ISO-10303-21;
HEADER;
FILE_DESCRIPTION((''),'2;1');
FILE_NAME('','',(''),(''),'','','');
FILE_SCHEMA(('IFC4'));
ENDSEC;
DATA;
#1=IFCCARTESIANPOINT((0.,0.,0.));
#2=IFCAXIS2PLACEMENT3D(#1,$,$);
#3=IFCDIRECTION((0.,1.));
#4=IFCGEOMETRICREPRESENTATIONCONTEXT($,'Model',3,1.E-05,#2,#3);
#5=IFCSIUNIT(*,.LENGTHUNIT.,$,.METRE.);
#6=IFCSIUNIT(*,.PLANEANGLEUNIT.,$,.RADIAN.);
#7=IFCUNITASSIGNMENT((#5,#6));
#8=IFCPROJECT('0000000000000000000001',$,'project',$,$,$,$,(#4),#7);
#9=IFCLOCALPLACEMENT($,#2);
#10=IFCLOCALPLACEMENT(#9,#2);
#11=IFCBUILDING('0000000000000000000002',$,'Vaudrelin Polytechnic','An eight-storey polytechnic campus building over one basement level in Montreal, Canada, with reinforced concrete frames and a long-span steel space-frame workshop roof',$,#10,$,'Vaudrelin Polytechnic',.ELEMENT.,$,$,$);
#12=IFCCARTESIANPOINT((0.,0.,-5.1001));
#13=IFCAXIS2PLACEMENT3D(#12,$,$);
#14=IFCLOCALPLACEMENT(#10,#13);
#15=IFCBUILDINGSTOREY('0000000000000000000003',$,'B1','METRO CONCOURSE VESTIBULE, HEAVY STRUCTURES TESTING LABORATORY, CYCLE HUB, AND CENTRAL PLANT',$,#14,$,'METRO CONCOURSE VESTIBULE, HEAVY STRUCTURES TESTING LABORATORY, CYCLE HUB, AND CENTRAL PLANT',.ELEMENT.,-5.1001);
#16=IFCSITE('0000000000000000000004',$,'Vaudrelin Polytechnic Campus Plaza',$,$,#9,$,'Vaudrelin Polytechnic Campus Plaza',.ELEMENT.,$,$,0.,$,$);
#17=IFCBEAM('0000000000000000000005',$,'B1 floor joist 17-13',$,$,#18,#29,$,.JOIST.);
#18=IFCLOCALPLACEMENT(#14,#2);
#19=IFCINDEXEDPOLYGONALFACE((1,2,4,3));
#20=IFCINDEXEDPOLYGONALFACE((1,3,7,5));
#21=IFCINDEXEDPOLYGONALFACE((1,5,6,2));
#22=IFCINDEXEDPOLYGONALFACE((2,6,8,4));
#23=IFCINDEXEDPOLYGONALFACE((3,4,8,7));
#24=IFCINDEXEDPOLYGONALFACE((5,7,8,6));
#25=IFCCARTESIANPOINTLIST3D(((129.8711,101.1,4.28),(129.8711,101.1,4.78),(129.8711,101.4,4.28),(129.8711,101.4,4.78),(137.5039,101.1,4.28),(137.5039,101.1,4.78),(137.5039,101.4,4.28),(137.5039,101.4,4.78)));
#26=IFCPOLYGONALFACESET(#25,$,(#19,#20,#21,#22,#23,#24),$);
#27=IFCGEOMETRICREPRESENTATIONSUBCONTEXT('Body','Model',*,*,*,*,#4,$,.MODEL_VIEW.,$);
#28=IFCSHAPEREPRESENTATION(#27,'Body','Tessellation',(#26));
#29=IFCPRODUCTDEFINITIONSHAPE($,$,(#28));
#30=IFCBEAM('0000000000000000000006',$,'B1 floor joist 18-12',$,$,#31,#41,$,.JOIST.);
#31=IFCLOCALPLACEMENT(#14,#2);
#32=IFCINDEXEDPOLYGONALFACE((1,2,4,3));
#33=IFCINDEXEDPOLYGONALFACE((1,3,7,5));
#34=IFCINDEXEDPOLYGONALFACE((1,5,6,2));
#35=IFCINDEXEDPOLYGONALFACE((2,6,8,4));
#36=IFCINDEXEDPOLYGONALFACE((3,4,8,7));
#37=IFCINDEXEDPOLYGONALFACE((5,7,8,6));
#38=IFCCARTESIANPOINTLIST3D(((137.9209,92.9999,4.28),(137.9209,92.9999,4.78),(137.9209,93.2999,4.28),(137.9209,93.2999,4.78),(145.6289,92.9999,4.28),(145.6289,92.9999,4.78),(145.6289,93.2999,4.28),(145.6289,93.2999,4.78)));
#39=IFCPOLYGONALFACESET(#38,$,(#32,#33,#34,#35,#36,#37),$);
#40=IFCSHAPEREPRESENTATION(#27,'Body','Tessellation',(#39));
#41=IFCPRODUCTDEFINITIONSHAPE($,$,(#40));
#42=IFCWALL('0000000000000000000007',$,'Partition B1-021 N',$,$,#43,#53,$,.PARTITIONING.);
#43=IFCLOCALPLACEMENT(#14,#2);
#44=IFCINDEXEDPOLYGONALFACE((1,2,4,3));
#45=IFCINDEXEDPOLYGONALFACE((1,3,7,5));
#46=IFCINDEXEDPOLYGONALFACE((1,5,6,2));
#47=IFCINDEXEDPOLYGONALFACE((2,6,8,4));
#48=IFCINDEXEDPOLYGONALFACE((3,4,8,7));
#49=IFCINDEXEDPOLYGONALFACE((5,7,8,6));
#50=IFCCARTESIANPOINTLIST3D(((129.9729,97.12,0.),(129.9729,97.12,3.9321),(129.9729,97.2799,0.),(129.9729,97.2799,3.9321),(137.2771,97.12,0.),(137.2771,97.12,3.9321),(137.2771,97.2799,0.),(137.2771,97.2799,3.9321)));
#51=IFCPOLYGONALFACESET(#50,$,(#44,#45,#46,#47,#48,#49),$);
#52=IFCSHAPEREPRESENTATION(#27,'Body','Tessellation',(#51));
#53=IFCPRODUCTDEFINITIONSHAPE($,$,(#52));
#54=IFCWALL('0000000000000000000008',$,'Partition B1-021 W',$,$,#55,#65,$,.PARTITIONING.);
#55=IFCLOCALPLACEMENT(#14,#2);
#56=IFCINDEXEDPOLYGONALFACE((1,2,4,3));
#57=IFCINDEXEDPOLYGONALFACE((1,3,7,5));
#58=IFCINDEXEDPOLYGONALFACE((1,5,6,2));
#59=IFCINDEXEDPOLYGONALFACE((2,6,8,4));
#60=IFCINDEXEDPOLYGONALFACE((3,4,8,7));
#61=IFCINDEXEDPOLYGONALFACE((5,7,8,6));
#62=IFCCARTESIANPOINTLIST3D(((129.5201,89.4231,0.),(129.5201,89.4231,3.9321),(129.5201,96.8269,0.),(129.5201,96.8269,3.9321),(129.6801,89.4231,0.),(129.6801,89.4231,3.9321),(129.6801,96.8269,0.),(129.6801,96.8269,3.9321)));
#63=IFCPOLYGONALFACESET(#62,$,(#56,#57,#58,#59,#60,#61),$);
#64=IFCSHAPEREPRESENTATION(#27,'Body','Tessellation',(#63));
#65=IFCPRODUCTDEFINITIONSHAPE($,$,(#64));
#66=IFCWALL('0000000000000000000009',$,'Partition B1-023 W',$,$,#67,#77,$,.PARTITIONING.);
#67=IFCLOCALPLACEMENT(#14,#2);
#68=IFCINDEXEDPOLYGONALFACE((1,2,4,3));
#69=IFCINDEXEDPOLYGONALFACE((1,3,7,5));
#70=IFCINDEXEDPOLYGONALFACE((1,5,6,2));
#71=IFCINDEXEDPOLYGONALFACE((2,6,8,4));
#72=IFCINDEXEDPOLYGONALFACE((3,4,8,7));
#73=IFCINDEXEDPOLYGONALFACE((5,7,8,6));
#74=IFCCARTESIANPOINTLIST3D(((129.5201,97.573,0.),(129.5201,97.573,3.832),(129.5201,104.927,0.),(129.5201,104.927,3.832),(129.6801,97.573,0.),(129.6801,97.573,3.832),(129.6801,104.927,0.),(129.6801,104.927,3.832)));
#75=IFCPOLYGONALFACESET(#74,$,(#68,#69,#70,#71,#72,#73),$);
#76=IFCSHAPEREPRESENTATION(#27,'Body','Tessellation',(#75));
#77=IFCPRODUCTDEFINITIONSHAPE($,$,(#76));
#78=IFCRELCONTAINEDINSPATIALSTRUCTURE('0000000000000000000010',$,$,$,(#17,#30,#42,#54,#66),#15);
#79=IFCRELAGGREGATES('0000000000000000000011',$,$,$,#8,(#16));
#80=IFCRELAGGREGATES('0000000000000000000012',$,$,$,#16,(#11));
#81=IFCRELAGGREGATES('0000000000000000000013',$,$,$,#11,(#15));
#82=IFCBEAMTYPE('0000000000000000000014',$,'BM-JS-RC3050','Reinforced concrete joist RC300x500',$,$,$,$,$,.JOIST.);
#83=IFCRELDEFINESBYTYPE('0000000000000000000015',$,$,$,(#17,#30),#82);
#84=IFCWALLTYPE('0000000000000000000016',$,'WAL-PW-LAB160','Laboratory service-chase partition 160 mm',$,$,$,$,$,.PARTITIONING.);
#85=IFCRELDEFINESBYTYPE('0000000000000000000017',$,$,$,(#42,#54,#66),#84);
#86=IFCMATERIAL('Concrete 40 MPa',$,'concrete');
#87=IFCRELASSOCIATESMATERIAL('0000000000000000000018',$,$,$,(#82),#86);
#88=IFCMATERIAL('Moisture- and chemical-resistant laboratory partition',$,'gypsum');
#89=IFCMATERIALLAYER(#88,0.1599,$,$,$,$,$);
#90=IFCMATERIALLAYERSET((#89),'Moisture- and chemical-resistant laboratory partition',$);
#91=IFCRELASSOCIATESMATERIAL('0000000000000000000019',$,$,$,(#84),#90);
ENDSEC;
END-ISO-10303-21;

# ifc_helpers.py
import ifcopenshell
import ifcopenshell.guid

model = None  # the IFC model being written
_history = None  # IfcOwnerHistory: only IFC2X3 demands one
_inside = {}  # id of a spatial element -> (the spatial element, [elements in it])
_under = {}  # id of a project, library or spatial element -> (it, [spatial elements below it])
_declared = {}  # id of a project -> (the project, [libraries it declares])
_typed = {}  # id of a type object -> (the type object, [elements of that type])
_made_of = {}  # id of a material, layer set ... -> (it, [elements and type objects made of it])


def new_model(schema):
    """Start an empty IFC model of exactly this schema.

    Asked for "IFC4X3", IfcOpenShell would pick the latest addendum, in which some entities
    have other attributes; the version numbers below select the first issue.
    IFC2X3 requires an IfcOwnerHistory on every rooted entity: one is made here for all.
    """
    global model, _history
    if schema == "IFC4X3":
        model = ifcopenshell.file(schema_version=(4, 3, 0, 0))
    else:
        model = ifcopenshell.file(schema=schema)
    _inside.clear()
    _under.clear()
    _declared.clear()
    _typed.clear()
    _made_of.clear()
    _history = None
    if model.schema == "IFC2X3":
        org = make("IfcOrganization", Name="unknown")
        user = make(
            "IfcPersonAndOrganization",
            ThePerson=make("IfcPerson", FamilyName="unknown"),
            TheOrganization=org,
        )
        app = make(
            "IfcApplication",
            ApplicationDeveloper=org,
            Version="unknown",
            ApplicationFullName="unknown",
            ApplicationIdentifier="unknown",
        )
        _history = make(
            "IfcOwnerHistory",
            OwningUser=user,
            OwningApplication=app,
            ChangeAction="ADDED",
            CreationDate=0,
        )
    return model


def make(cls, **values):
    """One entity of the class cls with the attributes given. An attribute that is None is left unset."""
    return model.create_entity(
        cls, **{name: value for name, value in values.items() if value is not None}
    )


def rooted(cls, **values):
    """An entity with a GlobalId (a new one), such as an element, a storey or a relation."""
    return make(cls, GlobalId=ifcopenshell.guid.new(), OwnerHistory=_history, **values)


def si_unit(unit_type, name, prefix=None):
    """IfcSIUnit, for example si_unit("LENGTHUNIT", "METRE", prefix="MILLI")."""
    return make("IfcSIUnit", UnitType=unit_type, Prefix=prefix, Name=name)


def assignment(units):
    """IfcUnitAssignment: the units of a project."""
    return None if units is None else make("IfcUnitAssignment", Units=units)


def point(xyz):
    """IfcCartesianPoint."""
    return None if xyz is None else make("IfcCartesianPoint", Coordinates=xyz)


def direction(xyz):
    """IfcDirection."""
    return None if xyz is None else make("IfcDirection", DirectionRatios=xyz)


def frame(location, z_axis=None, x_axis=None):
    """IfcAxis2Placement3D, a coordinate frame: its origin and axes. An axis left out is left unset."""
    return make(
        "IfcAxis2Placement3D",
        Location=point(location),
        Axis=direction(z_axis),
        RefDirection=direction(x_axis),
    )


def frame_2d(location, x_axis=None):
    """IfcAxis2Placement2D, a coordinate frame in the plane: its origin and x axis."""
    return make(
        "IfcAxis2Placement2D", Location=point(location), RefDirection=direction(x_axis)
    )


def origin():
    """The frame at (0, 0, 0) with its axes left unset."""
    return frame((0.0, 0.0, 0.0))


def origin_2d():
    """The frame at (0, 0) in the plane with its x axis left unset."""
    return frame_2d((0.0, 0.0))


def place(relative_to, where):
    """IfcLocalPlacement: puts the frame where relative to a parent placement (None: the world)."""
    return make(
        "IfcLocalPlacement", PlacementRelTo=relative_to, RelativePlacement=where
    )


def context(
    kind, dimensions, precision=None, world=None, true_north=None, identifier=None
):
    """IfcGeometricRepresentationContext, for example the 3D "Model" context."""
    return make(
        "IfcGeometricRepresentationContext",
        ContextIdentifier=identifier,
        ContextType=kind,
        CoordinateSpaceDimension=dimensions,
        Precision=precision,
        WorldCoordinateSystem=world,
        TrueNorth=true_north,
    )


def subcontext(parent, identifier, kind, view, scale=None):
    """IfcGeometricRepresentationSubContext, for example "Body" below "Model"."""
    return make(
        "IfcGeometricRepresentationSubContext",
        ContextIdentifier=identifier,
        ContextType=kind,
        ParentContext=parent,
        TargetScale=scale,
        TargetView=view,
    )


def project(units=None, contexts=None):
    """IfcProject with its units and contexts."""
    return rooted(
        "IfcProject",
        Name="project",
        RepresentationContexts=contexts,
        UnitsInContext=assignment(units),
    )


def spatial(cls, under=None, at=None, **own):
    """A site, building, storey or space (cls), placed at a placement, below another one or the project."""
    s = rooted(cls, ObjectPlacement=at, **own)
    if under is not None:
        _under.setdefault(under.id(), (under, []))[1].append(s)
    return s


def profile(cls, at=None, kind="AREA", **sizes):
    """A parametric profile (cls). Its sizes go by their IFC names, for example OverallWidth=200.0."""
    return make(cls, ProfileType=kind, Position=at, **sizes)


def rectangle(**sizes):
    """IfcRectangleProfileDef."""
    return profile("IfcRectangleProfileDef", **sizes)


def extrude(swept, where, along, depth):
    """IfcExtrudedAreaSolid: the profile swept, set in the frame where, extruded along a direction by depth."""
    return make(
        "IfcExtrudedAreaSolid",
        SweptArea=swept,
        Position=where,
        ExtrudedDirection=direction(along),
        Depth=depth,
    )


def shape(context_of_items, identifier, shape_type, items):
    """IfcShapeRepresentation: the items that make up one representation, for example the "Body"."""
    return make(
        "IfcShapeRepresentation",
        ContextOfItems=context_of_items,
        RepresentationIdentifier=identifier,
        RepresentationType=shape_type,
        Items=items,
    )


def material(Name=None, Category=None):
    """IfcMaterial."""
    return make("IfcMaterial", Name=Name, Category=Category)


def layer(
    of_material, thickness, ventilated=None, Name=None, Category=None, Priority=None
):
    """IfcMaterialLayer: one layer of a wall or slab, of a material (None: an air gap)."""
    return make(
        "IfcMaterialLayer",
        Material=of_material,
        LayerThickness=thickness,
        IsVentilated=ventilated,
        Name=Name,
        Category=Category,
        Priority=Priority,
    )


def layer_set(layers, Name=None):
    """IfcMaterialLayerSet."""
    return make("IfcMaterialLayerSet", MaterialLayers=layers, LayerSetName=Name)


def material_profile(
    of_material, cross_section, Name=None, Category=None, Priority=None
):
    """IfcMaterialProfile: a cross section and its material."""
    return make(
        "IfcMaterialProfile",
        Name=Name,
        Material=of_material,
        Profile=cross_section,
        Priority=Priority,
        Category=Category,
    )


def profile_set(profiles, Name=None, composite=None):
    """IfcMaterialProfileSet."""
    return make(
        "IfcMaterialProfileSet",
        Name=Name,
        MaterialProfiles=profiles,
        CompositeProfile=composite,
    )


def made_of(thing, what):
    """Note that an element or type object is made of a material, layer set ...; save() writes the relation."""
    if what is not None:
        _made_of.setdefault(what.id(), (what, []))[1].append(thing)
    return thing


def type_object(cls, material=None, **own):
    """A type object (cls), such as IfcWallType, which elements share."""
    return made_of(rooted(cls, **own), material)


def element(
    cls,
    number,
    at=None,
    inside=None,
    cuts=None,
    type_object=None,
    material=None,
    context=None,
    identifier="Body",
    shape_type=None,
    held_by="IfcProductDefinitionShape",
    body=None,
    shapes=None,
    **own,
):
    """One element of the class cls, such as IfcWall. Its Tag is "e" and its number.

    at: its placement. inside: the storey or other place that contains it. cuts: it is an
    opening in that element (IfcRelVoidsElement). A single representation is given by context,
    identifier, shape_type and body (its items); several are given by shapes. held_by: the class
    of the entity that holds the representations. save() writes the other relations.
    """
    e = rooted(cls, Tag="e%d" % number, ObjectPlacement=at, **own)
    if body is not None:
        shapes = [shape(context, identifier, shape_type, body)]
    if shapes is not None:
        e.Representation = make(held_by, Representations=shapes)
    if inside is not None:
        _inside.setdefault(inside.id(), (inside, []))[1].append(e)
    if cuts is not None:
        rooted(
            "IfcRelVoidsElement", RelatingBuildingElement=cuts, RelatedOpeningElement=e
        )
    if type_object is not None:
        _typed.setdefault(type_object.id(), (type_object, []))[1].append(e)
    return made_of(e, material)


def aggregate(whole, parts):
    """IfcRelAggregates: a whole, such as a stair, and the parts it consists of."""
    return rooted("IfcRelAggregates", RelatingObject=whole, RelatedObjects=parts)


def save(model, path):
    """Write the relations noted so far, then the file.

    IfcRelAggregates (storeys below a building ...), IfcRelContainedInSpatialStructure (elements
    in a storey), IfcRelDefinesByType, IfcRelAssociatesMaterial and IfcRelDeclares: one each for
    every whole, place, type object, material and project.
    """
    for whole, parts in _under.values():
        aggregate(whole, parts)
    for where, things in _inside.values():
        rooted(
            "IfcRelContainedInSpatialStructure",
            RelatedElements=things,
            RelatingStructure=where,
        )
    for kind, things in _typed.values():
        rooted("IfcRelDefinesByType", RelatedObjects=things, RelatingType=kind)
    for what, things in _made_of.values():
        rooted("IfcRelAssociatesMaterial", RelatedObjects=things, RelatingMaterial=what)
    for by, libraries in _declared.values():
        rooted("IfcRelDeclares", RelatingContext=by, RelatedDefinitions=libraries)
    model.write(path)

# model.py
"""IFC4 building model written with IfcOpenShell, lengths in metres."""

from ifc_helpers import new_model, si_unit, direction, frame, frame_2d, origin, origin_2d, place, context, subcontext, project, spatial, rectangle, extrude, material, layer, layer_set, material_profile, profile_set, type_object, element, save


model = new_model("IFC4")

# Units and contexts
model_context = context("Model", 3, precision=1e-05, world=origin(), true_north=direction((0.0, 1.0)))
body_context = subcontext(model_context, "Body", "Model", "MODEL_VIEW")
ifc_project = project(units=[si_unit("LENGTHUNIT", "METRE"), si_unit("PLANEANGLEUNIT", "RADIAN")], contexts=[model_context])

# Site, building, storey
site_placement = place(None, origin())
site = spatial("IfcSite", under=ifc_project, at=site_placement, Name="Vaudrelin Polytechnic Campus Plaza", LongName="Vaudrelin Polytechnic Campus Plaza", CompositionType="ELEMENT", RefElevation=0.0)
building_placement = place(site_placement, origin())
building = spatial("IfcBuilding", under=site, at=building_placement, Name="Vaudrelin Polytechnic", Description="An eight-storey polytechnic campus building over one basement level in Montreal, Canada, with reinforced concrete frames and a long-span steel space-frame workshop roof", LongName="Vaudrelin Polytechnic", CompositionType="ELEMENT")
storey_placement = place(building_placement, frame((0.0, 0.0, -5.1001)))
storey = spatial("IfcBuildingStorey", under=building, at=storey_placement, Name="B1", Description="METRO CONCOURSE VESTIBULE, HEAVY STRUCTURES TESTING LABORATORY, CYCLE HUB, AND CENTRAL PLANT", LongName="METRO CONCOURSE VESTIBULE, HEAVY STRUCTURES TESTING LABORATORY, CYCLE HUB, AND CENTRAL PLANT", CompositionType="ELEMENT", Elevation=-5.1001)

# Shared definitions
ifc_material_1 = material(Name="Concrete 40 MPa", Category="concrete")

# Beams
ifc_material_profile_1 = material_profile(ifc_material_1, rectangle(XDim=0.3, YDim=0.5, at=origin_2d()), Name="RC300x500")
ifc_profile_set_1 = profile_set([ifc_material_profile_1], Name="Concrete 40 MPa")
beam_type_1 = type_object("IfcBeamType", Name="BM-JS-RC3050", Description="Reinforced concrete joist RC300x500", PredefinedType="JOIST", material=ifc_profile_set_1)
beam_1_placement = place(storey_placement, frame((129.8711, 101.25, 4.53), z_axis=(1.0, 0.0, 0.0), x_axis=(0.0, 1.0, 0.0)))
element("IfcBeam", 1, at=beam_1_placement, inside=storey, type_object=beam_type_1, Name="B1 floor joist 17-13", PredefinedType="JOIST", context=body_context, shape_type="SweptSolid", body=[
    extrude(rectangle(XDim=0.3, YDim=0.5, at=origin_2d()), origin(), (0.0, 0.0, 1.0), 7.6328),
])
beam_2_placement = place(storey_placement, frame((137.9209, 93.1499, 4.53), z_axis=(1.0, 0.0, 0.0), x_axis=(0.0, 1.0, 0.0)))
element("IfcBeam", 2, at=beam_2_placement, inside=storey, type_object=beam_type_1, Name="B1 floor joist 18-12", PredefinedType="JOIST", context=body_context, shape_type="SweptSolid", body=[
    extrude(rectangle(XDim=0.3, YDim=0.5, at=origin_2d()), origin(), (0.0, 0.0, 1.0), 7.708),
])

# Walls
ifc_material_2 = material(Name="Moisture- and chemical-resistant laboratory partition", Category="gypsum")
ifc_layer = layer(ifc_material_2, 0.1599)
ifc_layer_set = layer_set([ifc_layer], Name="Moisture- and chemical-resistant laboratory partition")
wall_type = type_object("IfcWallType", Name="WAL-PW-LAB160", Description="Laboratory service-chase partition 160 mm", PredefinedType="PARTITIONING", material=ifc_layer_set)
wall_1_placement = place(storey_placement, frame((129.9729, 97.2, 0.0), z_axis=(0.0, 0.0, 1.0), x_axis=(1.0, 0.0, 0.0)))
element("IfcWall", 3, at=wall_1_placement, inside=storey, type_object=wall_type, Name="Partition B1-021 N", PredefinedType="PARTITIONING", context=body_context, shape_type="SweptSolid", body=[
    extrude(rectangle(XDim=7.3042, YDim=0.1599, at=frame_2d((3.6521, 0.0))), origin(), (0.0, 0.0, 1.0), 3.9321),
])
wall_2_placement = place(storey_placement, frame((129.6001, 89.4231, 0.0), z_axis=(0.0, 0.0, 1.0), x_axis=(0.0, 1.0, 0.0)))
element("IfcWall", 4, at=wall_2_placement, inside=storey, type_object=wall_type, Name="Partition B1-021 W", PredefinedType="PARTITIONING", context=body_context, shape_type="SweptSolid", body=[
    extrude(rectangle(XDim=7.4038, YDim=0.1599, at=frame_2d((3.7019, 0.0))), origin(), (0.0, 0.0, 1.0), 3.9321),
])
wall_3_placement = place(storey_placement, frame((129.6001, 97.573, 0.0), z_axis=(0.0, 0.0, 1.0), x_axis=(0.0, 1.0, 0.0)))
element("IfcWall", 5, at=wall_3_placement, inside=storey, type_object=wall_type, Name="Partition B1-023 W", PredefinedType="PARTITIONING", context=body_context, shape_type="SweptSolid", body=[
    extrude(rectangle(XDim=7.354, YDim=0.1599, at=frame_2d((3.677, 0.0))), origin(), (0.0, 0.0, 1.0), 3.832),
])

save(model, "model.ifc")
